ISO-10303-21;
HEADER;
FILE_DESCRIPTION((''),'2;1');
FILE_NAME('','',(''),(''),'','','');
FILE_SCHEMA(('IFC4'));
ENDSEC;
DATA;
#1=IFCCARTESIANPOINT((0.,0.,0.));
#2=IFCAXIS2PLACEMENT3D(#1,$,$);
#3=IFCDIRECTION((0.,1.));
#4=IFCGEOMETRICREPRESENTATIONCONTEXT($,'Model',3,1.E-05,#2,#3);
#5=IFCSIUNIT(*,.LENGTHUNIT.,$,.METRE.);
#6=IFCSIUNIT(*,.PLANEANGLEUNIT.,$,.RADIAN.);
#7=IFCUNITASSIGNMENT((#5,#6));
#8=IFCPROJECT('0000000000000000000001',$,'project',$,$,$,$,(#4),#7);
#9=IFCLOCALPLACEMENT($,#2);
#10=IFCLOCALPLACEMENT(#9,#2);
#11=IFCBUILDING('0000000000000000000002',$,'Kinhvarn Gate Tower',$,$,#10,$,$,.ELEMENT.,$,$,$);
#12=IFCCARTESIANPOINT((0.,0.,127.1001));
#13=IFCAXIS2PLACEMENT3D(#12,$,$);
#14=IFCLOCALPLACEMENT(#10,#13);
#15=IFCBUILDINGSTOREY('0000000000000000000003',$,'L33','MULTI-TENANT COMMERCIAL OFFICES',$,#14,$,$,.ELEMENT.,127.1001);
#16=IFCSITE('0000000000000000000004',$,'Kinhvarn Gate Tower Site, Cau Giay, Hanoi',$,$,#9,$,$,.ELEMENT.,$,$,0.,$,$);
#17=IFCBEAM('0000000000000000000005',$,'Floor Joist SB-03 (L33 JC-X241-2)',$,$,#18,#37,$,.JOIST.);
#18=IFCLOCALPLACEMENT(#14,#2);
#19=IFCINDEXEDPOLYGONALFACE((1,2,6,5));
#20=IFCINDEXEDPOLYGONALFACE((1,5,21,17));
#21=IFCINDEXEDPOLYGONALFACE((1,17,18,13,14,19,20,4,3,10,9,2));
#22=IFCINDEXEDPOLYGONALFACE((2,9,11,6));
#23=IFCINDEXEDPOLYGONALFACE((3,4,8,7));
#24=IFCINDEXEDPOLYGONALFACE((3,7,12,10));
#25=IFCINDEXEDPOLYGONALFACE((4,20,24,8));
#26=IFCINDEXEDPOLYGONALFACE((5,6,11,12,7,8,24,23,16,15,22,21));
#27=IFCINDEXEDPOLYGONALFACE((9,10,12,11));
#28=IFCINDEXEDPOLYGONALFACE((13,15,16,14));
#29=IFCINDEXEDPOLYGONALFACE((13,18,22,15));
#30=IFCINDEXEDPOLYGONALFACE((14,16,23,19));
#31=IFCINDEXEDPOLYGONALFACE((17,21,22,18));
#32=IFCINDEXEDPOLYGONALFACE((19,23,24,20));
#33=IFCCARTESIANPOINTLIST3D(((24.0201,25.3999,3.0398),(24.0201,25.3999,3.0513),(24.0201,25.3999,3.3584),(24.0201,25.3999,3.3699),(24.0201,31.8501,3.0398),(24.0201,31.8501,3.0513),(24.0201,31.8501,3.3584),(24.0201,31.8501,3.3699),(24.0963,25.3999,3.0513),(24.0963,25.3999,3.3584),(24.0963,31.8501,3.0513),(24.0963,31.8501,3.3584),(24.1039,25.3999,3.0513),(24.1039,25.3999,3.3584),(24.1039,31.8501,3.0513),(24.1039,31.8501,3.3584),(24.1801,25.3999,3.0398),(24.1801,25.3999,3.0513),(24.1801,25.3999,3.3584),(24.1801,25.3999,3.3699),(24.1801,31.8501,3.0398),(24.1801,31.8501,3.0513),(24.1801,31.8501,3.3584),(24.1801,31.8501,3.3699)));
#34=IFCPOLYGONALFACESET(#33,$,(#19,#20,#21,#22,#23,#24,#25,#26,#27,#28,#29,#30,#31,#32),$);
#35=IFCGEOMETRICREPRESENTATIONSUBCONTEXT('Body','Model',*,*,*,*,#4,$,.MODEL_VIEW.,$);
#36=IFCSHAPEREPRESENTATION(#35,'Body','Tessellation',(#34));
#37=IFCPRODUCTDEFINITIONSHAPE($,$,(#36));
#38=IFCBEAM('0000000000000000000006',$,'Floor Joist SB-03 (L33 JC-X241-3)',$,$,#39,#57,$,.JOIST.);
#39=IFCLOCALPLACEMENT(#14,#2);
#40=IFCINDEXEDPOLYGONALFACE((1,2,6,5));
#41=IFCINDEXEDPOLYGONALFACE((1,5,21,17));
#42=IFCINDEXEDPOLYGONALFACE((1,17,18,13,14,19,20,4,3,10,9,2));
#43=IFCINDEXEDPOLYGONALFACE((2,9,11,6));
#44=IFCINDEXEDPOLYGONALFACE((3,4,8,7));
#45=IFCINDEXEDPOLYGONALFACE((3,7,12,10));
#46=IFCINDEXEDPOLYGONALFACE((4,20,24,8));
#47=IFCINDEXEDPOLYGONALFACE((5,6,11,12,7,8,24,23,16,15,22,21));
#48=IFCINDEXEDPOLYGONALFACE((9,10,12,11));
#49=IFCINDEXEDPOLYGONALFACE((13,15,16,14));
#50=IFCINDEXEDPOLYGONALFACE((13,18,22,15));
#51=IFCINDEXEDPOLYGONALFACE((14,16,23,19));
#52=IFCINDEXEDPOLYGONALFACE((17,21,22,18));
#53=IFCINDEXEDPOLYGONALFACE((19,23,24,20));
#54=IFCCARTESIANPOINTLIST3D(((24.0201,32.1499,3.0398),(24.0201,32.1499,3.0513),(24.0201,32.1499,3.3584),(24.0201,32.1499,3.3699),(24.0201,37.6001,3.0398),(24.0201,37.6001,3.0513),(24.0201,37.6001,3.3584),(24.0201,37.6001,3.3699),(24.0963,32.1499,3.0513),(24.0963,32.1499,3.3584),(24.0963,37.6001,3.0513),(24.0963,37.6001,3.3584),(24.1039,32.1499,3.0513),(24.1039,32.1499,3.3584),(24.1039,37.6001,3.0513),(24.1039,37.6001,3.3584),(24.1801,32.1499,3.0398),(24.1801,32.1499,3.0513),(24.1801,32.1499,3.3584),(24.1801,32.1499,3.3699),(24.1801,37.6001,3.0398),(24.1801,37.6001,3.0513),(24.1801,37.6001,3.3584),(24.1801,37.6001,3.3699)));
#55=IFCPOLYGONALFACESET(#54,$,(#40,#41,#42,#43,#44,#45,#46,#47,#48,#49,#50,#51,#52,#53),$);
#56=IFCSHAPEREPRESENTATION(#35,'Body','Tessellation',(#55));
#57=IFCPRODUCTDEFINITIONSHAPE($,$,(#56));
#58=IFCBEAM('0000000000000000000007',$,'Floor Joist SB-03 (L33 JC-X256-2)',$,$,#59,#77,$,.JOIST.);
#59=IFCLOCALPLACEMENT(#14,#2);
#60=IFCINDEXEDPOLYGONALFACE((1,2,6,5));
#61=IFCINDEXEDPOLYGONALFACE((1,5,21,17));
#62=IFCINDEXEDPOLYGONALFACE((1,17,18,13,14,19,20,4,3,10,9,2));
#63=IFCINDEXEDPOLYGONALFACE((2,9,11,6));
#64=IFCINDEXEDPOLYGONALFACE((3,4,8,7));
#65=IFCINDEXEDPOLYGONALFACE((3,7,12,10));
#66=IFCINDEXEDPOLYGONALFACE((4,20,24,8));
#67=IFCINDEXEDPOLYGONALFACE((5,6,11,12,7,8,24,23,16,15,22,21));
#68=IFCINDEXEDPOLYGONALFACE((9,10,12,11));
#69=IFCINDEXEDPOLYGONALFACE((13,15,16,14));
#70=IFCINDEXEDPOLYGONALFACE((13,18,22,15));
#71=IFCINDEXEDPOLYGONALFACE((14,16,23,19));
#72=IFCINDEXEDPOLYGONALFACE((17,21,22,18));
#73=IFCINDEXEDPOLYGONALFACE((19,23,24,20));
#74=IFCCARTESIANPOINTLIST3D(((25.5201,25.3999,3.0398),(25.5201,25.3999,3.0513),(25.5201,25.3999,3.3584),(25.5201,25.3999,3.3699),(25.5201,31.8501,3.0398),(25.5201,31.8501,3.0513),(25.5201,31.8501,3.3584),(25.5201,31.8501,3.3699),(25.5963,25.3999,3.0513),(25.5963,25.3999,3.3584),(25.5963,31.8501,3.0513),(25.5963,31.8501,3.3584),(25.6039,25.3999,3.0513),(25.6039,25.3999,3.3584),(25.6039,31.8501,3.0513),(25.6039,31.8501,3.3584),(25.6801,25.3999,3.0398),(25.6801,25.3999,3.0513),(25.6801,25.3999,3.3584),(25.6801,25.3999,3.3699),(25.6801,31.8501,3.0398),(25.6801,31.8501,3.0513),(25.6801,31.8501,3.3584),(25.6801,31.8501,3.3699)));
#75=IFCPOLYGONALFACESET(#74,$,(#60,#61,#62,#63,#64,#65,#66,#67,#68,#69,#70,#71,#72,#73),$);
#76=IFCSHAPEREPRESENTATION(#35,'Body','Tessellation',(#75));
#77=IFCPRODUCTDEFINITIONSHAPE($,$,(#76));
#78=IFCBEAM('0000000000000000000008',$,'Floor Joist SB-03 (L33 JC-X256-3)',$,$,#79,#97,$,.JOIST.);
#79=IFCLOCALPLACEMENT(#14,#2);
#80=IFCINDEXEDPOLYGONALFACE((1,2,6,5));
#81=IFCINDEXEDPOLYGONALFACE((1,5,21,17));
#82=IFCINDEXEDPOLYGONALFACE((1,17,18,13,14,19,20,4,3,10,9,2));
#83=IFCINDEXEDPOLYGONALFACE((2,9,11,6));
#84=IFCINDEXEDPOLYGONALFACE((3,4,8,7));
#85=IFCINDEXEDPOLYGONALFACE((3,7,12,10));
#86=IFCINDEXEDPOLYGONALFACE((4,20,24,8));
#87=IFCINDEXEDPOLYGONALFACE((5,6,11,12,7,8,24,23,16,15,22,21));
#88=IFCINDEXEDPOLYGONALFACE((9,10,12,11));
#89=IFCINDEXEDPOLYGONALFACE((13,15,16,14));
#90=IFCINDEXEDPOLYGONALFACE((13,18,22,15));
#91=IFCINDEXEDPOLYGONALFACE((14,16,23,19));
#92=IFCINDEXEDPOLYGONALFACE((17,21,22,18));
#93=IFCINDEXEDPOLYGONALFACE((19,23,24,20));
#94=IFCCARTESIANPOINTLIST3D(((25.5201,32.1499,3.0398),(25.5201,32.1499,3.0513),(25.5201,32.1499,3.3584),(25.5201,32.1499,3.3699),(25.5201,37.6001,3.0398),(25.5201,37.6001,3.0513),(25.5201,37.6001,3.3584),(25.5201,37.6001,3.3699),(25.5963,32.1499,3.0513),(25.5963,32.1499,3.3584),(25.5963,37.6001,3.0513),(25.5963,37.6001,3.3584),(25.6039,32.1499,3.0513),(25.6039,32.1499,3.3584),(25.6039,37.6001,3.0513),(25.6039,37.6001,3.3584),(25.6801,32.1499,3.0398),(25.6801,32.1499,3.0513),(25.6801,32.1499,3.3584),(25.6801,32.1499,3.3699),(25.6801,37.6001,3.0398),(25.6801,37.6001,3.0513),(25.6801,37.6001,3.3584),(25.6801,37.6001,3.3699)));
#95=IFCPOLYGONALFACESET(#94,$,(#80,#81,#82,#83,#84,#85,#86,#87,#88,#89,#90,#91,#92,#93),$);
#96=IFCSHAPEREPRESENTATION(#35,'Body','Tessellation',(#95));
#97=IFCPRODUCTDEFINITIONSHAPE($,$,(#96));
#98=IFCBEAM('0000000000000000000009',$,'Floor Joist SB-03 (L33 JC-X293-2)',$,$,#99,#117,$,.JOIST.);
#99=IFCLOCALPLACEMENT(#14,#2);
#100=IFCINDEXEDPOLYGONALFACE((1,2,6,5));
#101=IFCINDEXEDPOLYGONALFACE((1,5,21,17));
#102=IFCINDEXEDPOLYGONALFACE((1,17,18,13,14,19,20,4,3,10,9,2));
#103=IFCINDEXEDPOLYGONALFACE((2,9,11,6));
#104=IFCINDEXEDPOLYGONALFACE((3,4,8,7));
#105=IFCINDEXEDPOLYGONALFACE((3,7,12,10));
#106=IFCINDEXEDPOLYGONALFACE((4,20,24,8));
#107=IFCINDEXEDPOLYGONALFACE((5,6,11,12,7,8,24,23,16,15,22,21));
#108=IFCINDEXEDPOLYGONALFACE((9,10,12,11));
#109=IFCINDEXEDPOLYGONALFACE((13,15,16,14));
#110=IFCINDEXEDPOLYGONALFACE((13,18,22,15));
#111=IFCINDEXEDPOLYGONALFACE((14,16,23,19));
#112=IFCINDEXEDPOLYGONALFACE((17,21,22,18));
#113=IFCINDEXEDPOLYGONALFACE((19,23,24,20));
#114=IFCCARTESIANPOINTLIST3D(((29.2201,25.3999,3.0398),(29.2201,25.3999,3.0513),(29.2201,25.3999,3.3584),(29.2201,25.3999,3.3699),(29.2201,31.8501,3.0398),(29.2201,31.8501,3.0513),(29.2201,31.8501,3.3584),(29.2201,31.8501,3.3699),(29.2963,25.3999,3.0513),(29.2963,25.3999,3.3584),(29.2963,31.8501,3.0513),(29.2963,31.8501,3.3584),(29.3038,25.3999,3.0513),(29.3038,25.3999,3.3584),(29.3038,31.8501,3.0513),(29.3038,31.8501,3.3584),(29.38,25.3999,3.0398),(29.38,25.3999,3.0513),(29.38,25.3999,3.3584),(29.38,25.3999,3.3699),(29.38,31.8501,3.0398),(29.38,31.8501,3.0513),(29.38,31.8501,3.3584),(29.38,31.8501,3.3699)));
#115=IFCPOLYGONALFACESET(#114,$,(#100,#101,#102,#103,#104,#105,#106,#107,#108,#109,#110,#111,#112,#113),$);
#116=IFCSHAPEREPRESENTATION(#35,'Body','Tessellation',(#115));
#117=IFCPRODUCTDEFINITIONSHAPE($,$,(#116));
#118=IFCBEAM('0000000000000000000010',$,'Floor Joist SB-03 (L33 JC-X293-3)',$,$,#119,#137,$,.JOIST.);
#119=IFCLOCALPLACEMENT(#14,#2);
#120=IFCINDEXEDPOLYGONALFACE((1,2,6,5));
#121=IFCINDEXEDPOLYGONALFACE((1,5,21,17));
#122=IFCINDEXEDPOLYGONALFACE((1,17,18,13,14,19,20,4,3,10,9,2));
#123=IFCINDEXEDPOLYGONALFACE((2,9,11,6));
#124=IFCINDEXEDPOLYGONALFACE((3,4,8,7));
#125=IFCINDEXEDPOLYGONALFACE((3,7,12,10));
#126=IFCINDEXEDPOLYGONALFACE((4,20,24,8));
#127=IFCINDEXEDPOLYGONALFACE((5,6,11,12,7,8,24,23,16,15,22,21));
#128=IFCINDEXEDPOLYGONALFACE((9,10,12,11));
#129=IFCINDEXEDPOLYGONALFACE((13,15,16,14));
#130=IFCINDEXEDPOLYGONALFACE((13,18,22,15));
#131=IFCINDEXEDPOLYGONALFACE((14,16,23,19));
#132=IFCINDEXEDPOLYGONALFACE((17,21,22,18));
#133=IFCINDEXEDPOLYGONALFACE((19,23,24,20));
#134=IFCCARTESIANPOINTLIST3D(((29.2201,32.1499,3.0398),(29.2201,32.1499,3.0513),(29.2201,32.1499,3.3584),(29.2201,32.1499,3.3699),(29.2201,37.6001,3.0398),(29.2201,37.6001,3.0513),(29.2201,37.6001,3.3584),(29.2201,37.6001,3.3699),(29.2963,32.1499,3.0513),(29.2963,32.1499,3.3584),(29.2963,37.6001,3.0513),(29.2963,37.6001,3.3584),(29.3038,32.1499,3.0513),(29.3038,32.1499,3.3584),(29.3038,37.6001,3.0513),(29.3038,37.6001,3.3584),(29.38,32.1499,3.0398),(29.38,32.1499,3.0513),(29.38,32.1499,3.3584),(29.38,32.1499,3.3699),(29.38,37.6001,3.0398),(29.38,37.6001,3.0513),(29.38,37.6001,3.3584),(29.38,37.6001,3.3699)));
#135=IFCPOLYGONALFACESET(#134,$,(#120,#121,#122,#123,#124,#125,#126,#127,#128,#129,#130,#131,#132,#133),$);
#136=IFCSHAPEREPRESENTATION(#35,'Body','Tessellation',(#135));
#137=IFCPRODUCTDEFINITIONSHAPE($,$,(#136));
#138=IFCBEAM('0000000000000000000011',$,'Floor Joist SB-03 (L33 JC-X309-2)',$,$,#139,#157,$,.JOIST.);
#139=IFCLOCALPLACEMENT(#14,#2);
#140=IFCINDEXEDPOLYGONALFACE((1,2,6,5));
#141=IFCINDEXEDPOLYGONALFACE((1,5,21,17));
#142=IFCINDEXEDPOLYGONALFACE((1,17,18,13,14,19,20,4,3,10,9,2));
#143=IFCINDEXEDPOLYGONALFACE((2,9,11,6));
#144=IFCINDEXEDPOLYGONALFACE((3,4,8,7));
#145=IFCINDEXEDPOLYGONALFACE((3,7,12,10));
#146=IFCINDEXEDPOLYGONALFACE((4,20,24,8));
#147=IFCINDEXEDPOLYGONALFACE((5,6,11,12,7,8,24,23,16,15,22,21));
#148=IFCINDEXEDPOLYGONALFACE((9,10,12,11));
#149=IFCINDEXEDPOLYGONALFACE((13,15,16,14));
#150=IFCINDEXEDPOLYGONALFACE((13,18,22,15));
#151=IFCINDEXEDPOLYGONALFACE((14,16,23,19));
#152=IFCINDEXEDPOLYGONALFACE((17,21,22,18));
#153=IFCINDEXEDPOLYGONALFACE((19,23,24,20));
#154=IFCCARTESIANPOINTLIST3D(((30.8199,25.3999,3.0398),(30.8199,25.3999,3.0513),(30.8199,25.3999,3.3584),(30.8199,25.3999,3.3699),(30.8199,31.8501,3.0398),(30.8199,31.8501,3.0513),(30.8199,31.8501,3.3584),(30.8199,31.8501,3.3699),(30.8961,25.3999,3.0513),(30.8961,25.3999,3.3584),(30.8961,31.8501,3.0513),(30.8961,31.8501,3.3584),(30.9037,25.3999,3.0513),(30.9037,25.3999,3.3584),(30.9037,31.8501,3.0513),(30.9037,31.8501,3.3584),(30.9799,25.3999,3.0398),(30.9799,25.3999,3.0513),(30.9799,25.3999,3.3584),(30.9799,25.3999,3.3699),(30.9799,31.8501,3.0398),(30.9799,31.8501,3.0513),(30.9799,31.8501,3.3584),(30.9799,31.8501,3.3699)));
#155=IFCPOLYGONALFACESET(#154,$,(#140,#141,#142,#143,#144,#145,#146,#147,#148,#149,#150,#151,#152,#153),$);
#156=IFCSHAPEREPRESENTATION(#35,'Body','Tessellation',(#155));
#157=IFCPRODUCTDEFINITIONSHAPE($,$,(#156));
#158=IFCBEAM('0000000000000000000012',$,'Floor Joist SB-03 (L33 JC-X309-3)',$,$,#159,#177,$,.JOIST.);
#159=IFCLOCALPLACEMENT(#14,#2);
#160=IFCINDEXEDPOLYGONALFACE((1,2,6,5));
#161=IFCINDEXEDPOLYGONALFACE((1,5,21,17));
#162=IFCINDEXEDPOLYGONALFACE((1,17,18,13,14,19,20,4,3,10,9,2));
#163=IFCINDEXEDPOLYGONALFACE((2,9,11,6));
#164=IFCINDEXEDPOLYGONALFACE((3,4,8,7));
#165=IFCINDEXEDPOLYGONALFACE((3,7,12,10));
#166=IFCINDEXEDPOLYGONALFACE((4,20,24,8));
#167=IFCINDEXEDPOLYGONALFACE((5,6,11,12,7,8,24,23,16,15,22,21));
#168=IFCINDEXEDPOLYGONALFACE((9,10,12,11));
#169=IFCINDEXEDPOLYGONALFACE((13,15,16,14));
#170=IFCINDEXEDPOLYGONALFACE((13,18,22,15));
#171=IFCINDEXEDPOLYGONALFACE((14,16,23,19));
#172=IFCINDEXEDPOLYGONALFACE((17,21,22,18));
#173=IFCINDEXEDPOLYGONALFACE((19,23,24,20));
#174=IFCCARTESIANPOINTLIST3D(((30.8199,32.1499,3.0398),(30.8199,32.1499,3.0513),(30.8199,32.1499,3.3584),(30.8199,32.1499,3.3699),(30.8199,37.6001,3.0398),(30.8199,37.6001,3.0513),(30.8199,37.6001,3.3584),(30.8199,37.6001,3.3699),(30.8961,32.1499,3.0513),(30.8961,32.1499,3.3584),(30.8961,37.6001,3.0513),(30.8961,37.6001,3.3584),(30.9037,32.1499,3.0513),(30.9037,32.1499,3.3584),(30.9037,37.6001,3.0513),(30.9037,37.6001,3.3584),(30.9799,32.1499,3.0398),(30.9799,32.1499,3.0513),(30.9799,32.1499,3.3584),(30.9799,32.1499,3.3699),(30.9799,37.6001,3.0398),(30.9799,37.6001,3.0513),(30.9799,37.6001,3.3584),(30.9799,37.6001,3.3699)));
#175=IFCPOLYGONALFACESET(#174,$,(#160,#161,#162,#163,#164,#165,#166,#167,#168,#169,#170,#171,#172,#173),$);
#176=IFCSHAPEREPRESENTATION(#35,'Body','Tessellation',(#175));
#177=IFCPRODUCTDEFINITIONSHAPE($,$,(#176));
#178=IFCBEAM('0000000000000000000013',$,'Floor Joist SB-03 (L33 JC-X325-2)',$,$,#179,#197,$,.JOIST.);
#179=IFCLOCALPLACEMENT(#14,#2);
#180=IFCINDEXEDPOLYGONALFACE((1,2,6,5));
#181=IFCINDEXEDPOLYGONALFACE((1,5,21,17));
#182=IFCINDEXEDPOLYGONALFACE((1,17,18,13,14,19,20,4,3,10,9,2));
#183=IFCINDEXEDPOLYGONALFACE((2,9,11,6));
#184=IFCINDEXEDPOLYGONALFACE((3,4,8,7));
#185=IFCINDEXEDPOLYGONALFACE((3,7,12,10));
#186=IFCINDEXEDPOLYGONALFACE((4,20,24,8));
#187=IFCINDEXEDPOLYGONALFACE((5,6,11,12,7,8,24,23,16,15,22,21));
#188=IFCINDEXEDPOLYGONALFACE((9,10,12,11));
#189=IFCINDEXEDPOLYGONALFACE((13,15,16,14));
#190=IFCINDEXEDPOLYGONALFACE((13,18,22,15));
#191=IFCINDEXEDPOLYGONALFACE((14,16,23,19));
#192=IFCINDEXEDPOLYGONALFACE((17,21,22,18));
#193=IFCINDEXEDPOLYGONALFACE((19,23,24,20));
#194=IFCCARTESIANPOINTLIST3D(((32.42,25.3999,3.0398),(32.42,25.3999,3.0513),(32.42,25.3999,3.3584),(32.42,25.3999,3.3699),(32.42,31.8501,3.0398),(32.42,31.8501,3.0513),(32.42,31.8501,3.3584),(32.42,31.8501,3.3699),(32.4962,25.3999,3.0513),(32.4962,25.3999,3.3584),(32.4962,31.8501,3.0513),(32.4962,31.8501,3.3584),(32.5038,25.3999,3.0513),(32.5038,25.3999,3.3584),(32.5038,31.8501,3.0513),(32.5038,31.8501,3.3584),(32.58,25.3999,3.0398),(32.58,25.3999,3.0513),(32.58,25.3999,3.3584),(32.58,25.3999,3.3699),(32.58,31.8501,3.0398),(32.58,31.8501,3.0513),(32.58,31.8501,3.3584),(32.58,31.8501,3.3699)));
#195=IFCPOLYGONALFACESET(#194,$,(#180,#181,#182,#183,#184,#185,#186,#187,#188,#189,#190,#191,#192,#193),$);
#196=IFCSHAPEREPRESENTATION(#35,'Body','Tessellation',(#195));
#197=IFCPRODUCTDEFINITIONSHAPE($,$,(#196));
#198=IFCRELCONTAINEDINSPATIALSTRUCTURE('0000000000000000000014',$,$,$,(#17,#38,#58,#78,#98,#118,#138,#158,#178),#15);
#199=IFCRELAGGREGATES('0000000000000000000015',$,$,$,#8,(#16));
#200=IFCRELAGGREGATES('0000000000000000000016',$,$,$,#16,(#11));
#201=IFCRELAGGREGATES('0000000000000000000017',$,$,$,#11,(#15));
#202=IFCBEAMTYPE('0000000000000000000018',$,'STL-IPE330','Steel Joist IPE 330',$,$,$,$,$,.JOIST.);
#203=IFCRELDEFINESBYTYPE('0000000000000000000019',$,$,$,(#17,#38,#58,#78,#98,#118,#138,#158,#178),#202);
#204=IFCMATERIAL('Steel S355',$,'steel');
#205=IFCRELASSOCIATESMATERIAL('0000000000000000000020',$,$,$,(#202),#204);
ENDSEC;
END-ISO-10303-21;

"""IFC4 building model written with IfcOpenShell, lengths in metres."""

from ifc_helpers import new_model, si_unit, direction, frame, origin, origin_2d, place, context, subcontext, project, spatial, i_section, extrude, material, material_profile, profile_set, type_object, element, save


model = new_model("IFC4")

# Units and contexts
model_context = context("Model", 3, precision=1e-05, world=origin(), true_north=direction((0.0, 1.0)))
body_context = subcontext(model_context, "Body", "Model", "MODEL_VIEW")
ifc_project = project(units=[si_unit("LENGTHUNIT", "METRE"), si_unit("PLANEANGLEUNIT", "RADIAN")], contexts=[model_context])

# Site, building, storey
site_placement = place(None, origin())
site = spatial("IfcSite", under=ifc_project, at=site_placement, Name="Kinhvarn Gate Tower Site, Cau Giay, Hanoi", CompositionType="ELEMENT", RefElevation=0.0)
building_placement = place(site_placement, origin())
building = spatial("IfcBuilding", under=site, at=building_placement, Name="Kinhvarn Gate Tower", CompositionType="ELEMENT")
storey_placement = place(building_placement, frame((0.0, 0.0, 127.1001)))
storey = spatial("IfcBuildingStorey", under=building, at=storey_placement, Name="L33", Description="MULTI-TENANT COMMERCIAL OFFICES", CompositionType="ELEMENT", Elevation=127.1001)

# Beams
ifc_material_1 = material(Name="Steel S355", Category="steel")
ifc_material_profile = material_profile(ifc_material_1, i_section(OverallWidth=0.1599, OverallDepth=0.3301, WebThickness=0.0076, FlangeThickness=0.0115, at=origin_2d()), Name="IPE 330")
ifc_profile_set = profile_set([ifc_material_profile], Name="Steel S355")
beam_type = type_object("IfcBeamType", Name="STL-IPE330", Description="Steel Joist IPE 330", PredefinedType="JOIST", material=ifc_profile_set)
beam_1_placement = place(storey_placement, frame((24.1001, 25.3999, 3.2048), z_axis=(0.0, 1.0, 0.0), x_axis=(-1.0, 0.0, 0.0)))
element("IfcBeam", 1, at=beam_1_placement, inside=storey, type_object=beam_type, Name="Floor Joist SB-03 (L33 JC-X241-2)", PredefinedType="JOIST", context=body_context, shape_type="SweptSolid", body=[
    extrude(i_section(OverallWidth=0.1599, OverallDepth=0.3301, WebThickness=0.0076, FlangeThickness=0.0115, at=origin_2d()), origin(), (0.0, 0.0, 1.0), 6.4502),
])
beam_2_placement = place(storey_placement, frame((24.1001, 32.1499, 3.2048), z_axis=(0.0, 1.0, 0.0), x_axis=(-1.0, 0.0, 0.0)))
element("IfcBeam", 2, at=beam_2_placement, inside=storey, type_object=beam_type, Name="Floor Joist SB-03 (L33 JC-X241-3)", PredefinedType="JOIST", context=body_context, shape_type="SweptSolid", body=[
    extrude(i_section(OverallWidth=0.1599, OverallDepth=0.3301, WebThickness=0.0076, FlangeThickness=0.0115, at=origin_2d()), origin(), (0.0, 0.0, 1.0), 5.4502),
])
beam_3_placement = place(storey_placement, frame((25.6001, 25.3999, 3.2048), z_axis=(0.0, 1.0, 0.0), x_axis=(-1.0, 0.0, 0.0)))
element("IfcBeam", 3, at=beam_3_placement, inside=storey, type_object=beam_type, Name="Floor Joist SB-03 (L33 JC-X256-2)", PredefinedType="JOIST", context=body_context, shape_type="SweptSolid", body=[
    extrude(i_section(OverallWidth=0.1599, OverallDepth=0.3301, WebThickness=0.0076, FlangeThickness=0.0115, at=origin_2d()), origin(), (0.0, 0.0, 1.0), 6.4502),
])
beam_4_placement = place(storey_placement, frame((25.6001, 32.1499, 3.2048), z_axis=(0.0, 1.0, 0.0), x_axis=(-1.0, 0.0, 0.0)))
element("IfcBeam", 4, at=beam_4_placement, inside=storey, type_object=beam_type, Name="Floor Joist SB-03 (L33 JC-X256-3)", PredefinedType="JOIST", context=body_context, shape_type="SweptSolid", body=[
    extrude(i_section(OverallWidth=0.1599, OverallDepth=0.3301, WebThickness=0.0076, FlangeThickness=0.0115, at=origin_2d()), origin(), (0.0, 0.0, 1.0), 5.4502),
])
beam_5_placement = place(storey_placement, frame((29.3, 25.3999, 3.2048), z_axis=(0.0, 1.0, 0.0), x_axis=(-1.0, 0.0, 0.0)))
element("IfcBeam", 5, at=beam_5_placement, inside=storey, type_object=beam_type, Name="Floor Joist SB-03 (L33 JC-X293-2)", PredefinedType="JOIST", context=body_context, shape_type="SweptSolid", body=[
    extrude(i_section(OverallWidth=0.1599, OverallDepth=0.3301, WebThickness=0.0076, FlangeThickness=0.0115, at=origin_2d()), origin(), (0.0, 0.0, 1.0), 6.4502),
])
beam_6_placement = place(storey_placement, frame((29.3, 32.1499, 3.2048), z_axis=(0.0, 1.0, 0.0), x_axis=(-1.0, 0.0, 0.0)))
element("IfcBeam", 6, at=beam_6_placement, inside=storey, type_object=beam_type, Name="Floor Joist SB-03 (L33 JC-X293-3)", PredefinedType="JOIST", context=body_context, shape_type="SweptSolid", body=[
    extrude(i_section(OverallWidth=0.1599, OverallDepth=0.3301, WebThickness=0.0076, FlangeThickness=0.0115, at=origin_2d()), origin(), (0.0, 0.0, 1.0), 5.4502),
])
beam_7_placement = place(storey_placement, frame((30.8999, 25.3999, 3.2048), z_axis=(0.0, 1.0, 0.0), x_axis=(-1.0, 0.0, 0.0)))
element("IfcBeam", 7, at=beam_7_placement, inside=storey, type_object=beam_type, Name="Floor Joist SB-03 (L33 JC-X309-2)", PredefinedType="JOIST", context=body_context, shape_type="SweptSolid", body=[
    extrude(i_section(OverallWidth=0.1599, OverallDepth=0.3301, WebThickness=0.0076, FlangeThickness=0.0115, at=origin_2d()), origin(), (0.0, 0.0, 1.0), 6.4502),
])
beam_8_placement = place(storey_placement, frame((30.8999, 32.1499, 3.2048), z_axis=(0.0, 1.0, 0.0), x_axis=(-1.0, 0.0, 0.0)))
element("IfcBeam", 8, at=beam_8_placement, inside=storey, type_object=beam_type, Name="Floor Joist SB-03 (L33 JC-X309-3)", PredefinedType="JOIST", context=body_context, shape_type="SweptSolid", body=[
    extrude(i_section(OverallWidth=0.1599, OverallDepth=0.3301, WebThickness=0.0076, FlangeThickness=0.0115, at=origin_2d()), origin(), (0.0, 0.0, 1.0), 5.4502),
])
beam_9_placement = place(storey_placement, frame((32.5, 25.3999, 3.2048), z_axis=(0.0, 1.0, 0.0), x_axis=(-1.0, 0.0, 0.0)))
element("IfcBeam", 9, at=beam_9_placement, inside=storey, type_object=beam_type, Name="Floor Joist SB-03 (L33 JC-X325-2)", PredefinedType="JOIST", context=body_context, shape_type="SweptSolid", body=[
    extrude(i_section(OverallWidth=0.1599, OverallDepth=0.3301, WebThickness=0.0076, FlangeThickness=0.0115, at=origin_2d()), origin(), (0.0, 0.0, 1.0), 6.4502),
])

save(model, "model.ifc")
